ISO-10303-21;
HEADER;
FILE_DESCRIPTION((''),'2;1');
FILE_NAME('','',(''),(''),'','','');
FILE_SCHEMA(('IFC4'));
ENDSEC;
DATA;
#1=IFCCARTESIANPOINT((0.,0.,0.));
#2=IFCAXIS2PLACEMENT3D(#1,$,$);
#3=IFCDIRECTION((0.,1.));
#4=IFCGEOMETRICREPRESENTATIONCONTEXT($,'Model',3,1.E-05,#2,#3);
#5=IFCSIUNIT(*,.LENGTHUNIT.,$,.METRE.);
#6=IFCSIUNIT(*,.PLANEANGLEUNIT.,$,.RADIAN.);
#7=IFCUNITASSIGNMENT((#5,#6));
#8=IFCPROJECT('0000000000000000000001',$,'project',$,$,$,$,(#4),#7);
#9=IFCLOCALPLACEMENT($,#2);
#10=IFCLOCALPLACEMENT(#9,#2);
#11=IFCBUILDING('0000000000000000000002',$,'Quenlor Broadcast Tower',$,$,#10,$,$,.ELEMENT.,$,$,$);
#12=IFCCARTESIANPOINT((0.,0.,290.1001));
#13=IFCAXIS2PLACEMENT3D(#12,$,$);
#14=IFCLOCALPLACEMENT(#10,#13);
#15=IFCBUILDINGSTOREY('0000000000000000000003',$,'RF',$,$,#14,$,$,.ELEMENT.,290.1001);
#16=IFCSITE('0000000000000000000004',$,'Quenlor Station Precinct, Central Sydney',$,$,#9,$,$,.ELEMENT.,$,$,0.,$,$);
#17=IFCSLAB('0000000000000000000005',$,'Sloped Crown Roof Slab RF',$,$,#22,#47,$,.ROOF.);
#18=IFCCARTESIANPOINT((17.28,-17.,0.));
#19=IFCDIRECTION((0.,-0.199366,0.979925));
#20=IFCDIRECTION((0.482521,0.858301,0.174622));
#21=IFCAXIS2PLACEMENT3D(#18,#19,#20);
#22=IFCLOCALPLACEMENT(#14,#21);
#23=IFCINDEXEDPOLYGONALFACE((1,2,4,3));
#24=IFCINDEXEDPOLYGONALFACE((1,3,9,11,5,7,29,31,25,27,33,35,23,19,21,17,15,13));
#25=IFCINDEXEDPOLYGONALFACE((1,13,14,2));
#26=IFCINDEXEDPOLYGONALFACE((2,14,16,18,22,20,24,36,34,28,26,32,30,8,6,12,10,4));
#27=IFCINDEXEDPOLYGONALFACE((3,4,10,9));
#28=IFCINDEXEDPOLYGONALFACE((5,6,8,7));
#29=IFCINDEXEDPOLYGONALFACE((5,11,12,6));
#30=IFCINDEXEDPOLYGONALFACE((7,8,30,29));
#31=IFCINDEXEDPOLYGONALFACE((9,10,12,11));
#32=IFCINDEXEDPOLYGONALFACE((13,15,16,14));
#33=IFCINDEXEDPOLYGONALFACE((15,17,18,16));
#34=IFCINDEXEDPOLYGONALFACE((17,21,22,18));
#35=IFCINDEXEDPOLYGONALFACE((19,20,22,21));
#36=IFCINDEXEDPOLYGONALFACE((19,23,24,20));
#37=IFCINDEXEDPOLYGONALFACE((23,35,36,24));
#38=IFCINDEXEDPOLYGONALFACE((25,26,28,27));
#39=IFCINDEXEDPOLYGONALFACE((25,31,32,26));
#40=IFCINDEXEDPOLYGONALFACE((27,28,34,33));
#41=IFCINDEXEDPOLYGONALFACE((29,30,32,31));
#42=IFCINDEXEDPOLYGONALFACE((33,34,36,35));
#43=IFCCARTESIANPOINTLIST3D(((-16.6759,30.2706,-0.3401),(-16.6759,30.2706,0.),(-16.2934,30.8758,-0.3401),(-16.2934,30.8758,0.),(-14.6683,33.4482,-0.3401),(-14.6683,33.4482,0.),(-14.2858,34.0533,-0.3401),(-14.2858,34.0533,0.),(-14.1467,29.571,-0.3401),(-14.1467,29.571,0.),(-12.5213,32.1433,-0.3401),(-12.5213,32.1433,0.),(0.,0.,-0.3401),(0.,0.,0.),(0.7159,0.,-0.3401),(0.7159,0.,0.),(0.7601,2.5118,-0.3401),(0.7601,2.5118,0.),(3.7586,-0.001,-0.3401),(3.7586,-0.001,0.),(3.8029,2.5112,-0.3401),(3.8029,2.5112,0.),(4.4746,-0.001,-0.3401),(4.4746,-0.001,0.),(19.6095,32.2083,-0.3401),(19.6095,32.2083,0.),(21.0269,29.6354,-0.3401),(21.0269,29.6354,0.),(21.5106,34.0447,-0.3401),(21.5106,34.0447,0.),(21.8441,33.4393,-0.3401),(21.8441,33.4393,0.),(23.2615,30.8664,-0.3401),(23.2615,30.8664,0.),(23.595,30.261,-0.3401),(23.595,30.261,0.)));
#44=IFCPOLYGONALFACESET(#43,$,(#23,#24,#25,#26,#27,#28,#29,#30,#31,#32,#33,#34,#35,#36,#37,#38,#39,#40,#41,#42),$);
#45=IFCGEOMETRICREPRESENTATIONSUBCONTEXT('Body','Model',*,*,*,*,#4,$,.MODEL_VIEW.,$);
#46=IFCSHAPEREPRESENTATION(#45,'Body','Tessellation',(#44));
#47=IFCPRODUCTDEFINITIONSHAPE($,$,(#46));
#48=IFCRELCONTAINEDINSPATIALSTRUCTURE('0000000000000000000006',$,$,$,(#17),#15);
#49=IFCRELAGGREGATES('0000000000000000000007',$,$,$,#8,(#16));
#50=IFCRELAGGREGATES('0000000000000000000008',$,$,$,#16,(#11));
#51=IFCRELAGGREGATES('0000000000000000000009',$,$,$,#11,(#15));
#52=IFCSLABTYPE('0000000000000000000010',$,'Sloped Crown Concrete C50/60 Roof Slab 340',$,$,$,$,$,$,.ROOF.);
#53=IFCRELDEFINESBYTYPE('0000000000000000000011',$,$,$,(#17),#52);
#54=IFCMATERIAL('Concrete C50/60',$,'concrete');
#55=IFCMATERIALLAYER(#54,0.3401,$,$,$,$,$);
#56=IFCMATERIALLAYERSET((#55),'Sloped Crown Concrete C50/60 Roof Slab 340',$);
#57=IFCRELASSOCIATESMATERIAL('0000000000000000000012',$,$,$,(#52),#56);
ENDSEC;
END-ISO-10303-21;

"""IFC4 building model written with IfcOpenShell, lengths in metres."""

from ifc_helpers import new_model, si_unit, direction, frame, origin, place, context, subcontext, project, spatial, polyline, outline, extrude, material, layer, layer_set, type_object, element, save


model = new_model("IFC4")

# Units and contexts
model_context = context("Model", 3, precision=1e-05, world=origin(), true_north=direction((0.0, 1.0)))
body_context = subcontext(model_context, "Body", "Model", "MODEL_VIEW")
ifc_project = project(units=[si_unit("LENGTHUNIT", "METRE"), si_unit("PLANEANGLEUNIT", "RADIAN")], contexts=[model_context])

# Site, building, storey
site_placement = place(None, origin())
site = spatial("IfcSite", under=ifc_project, at=site_placement, Name="Quenlor Station Precinct, Central Sydney", CompositionType="ELEMENT", RefElevation=0.0)
building_placement = place(site_placement, origin())
building = spatial("IfcBuilding", under=site, at=building_placement, Name="Quenlor Broadcast Tower", CompositionType="ELEMENT")
storey_placement = place(building_placement, frame((0.0, 0.0, 290.1001)))
storey = spatial("IfcBuildingStorey", under=building, at=storey_placement, Name="RF", CompositionType="ELEMENT", Elevation=290.1001)

# Slab
ifc_material_1 = material(Name="Concrete C50/60", Category="concrete")
ifc_layer_1 = layer(ifc_material_1, 0.3401)
ifc_layer_set_1 = layer_set([ifc_layer_1], Name="Sloped Crown Concrete C50/60 Roof Slab 340")
slab_type = type_object("IfcSlabType", Name="Sloped Crown Concrete C50/60 Roof Slab 340", PredefinedType="ROOF", material=ifc_layer_set_1)
slab_placement = place(storey_placement, frame((17.28, -17.0, 0.0), z_axis=(0.0, -0.199366, 0.979925), x_axis=(0.482521, 0.858301, 0.174622)))
element("IfcSlab", 1, at=slab_placement, inside=storey, type_object=slab_type, Name="Sloped Crown Roof Slab RF", PredefinedType="ROOF", context=body_context, shape_type="SweptSolid", body=[
    extrude(outline(polyline([(0.0, 0.0), (0.7159, 0.0), (0.7601, 2.5118), (3.8029, 2.5112), (3.7586, -0.001), (4.4746, -0.001), (23.595, 30.261), (23.2615, 30.8664), (21.0269, 29.6354), (19.6095, 32.2083), (21.8441, 33.4393), (21.5106, 34.0447), (-14.2858, 34.0533), (-14.6683, 33.4482), (-12.5213, 32.1433), (-14.1467, 29.571), (-16.2934, 30.8758), (-16.6759, 30.2706), (0.0, 0.0)])), origin(), (0.0, 0.0, -1.0), 0.3401),
])

save(model, "model.ifc")
